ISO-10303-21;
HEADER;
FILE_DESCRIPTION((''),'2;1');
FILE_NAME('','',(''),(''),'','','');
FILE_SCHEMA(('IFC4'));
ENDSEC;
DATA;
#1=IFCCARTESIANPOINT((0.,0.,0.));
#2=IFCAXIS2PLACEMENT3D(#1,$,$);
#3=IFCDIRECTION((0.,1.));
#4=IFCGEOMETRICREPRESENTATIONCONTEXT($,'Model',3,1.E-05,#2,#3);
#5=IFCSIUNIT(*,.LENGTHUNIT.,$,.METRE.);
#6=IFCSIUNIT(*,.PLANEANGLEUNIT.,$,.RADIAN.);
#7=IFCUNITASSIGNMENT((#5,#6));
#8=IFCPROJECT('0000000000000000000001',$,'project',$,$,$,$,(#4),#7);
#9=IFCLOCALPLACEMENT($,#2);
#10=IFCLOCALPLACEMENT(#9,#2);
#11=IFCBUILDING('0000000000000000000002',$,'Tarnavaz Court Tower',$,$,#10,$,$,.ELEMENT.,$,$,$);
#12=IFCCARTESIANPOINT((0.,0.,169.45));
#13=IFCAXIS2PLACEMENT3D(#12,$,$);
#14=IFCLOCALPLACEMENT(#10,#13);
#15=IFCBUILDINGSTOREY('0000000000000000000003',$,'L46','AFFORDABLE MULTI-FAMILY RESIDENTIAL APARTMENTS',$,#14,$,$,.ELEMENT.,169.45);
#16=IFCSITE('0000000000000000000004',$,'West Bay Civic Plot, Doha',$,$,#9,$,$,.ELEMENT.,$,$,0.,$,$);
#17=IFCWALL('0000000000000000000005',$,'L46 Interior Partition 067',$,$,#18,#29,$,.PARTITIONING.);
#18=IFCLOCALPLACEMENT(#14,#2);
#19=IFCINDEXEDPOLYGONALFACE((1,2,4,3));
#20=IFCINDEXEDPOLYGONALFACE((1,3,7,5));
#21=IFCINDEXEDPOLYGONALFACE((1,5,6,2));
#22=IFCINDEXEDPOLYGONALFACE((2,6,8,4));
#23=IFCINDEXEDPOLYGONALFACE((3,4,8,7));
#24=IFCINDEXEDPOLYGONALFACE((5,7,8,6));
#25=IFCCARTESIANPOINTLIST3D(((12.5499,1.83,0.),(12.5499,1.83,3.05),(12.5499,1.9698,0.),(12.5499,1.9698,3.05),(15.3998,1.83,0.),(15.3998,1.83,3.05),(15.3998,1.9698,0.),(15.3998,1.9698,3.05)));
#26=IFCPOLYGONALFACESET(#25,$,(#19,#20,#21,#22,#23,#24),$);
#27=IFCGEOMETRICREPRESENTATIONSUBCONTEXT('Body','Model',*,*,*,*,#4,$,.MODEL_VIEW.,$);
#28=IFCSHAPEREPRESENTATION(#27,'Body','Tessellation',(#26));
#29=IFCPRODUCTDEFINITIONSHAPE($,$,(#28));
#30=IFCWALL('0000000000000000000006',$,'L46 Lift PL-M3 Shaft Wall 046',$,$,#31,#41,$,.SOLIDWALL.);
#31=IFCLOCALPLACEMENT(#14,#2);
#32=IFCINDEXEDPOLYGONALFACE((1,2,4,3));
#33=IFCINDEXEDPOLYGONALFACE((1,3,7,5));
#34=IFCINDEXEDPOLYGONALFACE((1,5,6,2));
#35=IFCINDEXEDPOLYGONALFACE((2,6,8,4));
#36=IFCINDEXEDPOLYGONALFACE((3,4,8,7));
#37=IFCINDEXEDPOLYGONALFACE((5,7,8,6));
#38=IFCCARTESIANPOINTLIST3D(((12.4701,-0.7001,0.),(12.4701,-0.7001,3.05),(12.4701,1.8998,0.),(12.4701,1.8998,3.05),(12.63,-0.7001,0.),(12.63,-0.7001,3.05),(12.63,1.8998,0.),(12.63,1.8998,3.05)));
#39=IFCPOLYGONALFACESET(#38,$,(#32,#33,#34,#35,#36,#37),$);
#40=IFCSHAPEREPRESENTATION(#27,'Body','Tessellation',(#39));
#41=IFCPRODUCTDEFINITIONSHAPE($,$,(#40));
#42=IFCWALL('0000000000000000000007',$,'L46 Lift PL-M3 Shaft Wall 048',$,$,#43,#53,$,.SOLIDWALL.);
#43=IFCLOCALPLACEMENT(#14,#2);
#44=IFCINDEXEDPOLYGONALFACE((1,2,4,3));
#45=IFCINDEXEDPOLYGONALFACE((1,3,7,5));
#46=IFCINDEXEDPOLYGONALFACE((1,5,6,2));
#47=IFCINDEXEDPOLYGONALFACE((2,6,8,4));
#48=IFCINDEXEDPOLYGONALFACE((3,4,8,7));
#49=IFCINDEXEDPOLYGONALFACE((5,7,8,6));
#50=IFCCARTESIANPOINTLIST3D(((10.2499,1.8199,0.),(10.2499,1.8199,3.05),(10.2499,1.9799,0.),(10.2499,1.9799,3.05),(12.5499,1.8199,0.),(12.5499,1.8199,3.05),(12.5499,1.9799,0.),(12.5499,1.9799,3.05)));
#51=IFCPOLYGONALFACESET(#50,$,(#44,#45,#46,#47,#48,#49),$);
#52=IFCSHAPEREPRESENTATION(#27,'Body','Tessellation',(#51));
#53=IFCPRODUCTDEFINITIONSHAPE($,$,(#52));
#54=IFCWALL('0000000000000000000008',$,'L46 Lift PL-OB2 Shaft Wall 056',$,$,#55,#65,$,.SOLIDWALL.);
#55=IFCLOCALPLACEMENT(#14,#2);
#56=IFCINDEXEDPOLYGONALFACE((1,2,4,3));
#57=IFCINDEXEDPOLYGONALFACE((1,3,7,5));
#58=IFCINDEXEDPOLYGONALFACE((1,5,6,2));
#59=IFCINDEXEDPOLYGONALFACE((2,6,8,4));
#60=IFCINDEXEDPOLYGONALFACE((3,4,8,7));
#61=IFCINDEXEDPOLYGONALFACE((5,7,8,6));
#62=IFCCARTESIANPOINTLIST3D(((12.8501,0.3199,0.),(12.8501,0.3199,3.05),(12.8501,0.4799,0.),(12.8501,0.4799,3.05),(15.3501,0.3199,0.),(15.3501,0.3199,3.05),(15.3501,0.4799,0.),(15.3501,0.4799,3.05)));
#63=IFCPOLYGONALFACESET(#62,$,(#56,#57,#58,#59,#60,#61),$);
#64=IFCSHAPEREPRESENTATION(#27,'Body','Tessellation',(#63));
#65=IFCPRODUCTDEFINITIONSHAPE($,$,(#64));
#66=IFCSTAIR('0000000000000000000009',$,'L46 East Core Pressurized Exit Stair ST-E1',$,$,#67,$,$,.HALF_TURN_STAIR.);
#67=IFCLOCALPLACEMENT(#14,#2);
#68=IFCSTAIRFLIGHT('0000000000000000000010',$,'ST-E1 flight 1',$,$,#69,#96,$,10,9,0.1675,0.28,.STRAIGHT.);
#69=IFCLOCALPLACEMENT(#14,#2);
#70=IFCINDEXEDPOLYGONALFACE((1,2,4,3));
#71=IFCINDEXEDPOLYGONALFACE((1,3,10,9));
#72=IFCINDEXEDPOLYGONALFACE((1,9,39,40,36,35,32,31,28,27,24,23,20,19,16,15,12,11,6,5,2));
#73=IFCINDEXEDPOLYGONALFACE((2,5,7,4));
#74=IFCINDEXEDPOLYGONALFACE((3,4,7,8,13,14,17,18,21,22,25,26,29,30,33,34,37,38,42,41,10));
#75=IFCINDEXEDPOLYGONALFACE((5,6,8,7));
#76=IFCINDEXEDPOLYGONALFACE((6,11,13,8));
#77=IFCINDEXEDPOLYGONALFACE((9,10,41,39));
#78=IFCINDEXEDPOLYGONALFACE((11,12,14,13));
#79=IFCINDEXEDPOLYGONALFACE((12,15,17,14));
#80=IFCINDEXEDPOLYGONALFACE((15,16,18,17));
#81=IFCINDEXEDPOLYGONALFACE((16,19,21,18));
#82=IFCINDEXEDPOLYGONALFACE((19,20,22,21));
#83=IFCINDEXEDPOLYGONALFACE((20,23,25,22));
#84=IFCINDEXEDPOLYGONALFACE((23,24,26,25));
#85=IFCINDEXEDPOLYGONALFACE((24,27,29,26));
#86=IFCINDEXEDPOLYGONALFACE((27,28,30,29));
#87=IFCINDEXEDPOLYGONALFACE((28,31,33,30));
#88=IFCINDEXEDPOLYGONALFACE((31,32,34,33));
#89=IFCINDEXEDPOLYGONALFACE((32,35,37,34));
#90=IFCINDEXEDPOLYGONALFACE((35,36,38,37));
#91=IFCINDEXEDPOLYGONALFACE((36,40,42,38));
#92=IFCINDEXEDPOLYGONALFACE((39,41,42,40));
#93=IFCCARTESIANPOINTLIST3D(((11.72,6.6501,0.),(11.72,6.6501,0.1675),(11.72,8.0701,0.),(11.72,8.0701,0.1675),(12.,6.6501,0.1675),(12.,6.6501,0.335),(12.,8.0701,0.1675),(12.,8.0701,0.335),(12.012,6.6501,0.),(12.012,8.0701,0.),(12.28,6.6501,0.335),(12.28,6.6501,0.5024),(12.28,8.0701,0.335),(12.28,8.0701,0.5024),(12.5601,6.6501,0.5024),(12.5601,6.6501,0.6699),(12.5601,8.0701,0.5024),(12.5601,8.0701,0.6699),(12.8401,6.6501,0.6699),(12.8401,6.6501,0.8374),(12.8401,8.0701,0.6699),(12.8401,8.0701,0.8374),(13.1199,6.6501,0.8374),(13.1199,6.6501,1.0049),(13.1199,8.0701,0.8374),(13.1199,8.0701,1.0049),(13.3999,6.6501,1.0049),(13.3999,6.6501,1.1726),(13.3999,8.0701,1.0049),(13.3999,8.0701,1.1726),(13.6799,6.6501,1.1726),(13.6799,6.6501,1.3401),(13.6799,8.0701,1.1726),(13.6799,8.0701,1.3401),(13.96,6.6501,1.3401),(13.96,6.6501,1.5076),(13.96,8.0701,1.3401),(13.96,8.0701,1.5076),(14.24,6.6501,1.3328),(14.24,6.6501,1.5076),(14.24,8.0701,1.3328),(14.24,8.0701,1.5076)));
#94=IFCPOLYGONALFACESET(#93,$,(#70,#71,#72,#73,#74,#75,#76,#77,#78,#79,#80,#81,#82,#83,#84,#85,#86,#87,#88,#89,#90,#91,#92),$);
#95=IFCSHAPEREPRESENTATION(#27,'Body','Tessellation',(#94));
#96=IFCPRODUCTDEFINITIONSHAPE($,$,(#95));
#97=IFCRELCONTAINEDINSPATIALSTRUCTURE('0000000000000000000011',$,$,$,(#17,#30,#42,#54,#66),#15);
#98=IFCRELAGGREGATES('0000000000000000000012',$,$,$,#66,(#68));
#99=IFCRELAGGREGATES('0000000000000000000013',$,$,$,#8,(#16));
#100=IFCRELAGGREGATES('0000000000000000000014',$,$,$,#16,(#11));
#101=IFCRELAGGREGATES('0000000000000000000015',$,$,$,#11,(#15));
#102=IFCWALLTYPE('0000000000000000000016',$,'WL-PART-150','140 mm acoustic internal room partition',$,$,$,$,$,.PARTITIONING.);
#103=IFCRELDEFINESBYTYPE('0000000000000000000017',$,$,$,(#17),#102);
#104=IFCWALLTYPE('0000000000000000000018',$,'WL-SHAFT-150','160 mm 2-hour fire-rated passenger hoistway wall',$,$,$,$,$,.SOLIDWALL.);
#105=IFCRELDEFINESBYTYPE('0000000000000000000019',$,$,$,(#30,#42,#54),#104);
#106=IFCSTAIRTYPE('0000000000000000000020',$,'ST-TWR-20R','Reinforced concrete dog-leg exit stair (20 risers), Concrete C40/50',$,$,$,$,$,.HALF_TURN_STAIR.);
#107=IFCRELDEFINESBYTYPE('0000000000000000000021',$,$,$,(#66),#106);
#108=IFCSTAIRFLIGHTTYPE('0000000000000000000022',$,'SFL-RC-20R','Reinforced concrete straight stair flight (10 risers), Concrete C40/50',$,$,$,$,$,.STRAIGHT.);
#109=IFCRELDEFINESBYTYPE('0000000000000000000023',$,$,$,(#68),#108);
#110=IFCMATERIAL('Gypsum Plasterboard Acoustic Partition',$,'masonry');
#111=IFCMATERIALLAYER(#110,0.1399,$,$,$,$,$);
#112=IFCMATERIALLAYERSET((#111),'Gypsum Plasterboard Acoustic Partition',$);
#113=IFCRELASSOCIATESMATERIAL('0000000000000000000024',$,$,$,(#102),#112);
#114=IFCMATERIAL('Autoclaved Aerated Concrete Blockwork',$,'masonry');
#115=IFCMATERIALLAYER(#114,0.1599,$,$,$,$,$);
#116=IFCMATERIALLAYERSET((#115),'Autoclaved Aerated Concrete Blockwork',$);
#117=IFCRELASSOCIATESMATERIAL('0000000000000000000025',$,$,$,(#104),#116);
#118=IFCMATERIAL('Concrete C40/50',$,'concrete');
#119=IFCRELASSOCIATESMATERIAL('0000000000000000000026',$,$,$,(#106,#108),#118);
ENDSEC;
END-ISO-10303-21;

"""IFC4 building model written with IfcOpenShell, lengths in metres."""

from ifc_helpers import new_model, si_unit, direction, frame, frame_2d, origin, place, context, subcontext, project, spatial, polyline, rectangle, outline, extrude, material, layer, layer_set, type_object, element, aggregate, save


model = new_model("IFC4")

# Units and contexts
model_context = context("Model", 3, precision=1e-05, world=origin(), true_north=direction((0.0, 1.0)))
body_context = subcontext(model_context, "Body", "Model", "MODEL_VIEW")
ifc_project = project(units=[si_unit("LENGTHUNIT", "METRE"), si_unit("PLANEANGLEUNIT", "RADIAN")], contexts=[model_context])

# Site, building, storey
site_placement = place(None, origin())
site = spatial("IfcSite", under=ifc_project, at=site_placement, Name="West Bay Civic Plot, Doha", CompositionType="ELEMENT", RefElevation=0.0)
building_placement = place(site_placement, origin())
building = spatial("IfcBuilding", under=site, at=building_placement, Name="Tarnavaz Court Tower", CompositionType="ELEMENT")
storey_placement = place(building_placement, frame((0.0, 0.0, 169.45)))
storey = spatial("IfcBuildingStorey", under=building, at=storey_placement, Name="L46", Description="AFFORDABLE MULTI-FAMILY RESIDENTIAL APARTMENTS", CompositionType="ELEMENT", Elevation=169.45)

# Shared definitions
ifc_material_1 = material(Name="Autoclaved Aerated Concrete Blockwork", Category="masonry")

# Walls
ifc_material_2 = material(Name="Gypsum Plasterboard Acoustic Partition", Category="masonry")
ifc_layer_1 = layer(ifc_material_2, 0.1399)
ifc_layer_set_1 = layer_set([ifc_layer_1], Name="Gypsum Plasterboard Acoustic Partition")
wall_type_1 = type_object("IfcWallType", Name="WL-PART-150", Description="140 mm acoustic internal room partition", PredefinedType="PARTITIONING", material=ifc_layer_set_1)
wall_1_placement = place(storey_placement, frame((12.55, 1.8999, 0.0), z_axis=(0.0, 0.0, 1.0), x_axis=(1.0, 0.0, 0.0)))
element("IfcWall", 1, at=wall_1_placement, inside=storey, type_object=wall_type_1, Name="L46 Interior Partition 067", PredefinedType="PARTITIONING", context=body_context, shape_type="SweptSolid", body=[
    extrude(rectangle(XDim=2.8499, YDim=0.1399, at=frame_2d((1.4248, 0.0))), origin(), (0.0, 0.0, 1.0), 3.05),
])
ifc_layer_2 = layer(ifc_material_1, 0.1599)
ifc_layer_set_2 = layer_set([ifc_layer_2], Name="Autoclaved Aerated Concrete Blockwork")
wall_type_2 = type_object("IfcWallType", Name="WL-SHAFT-150", Description="160 mm 2-hour fire-rated passenger hoistway wall", PredefinedType="SOLIDWALL", material=ifc_layer_set_2)
wall_2_placement = place(storey_placement, frame((12.55, -0.7, 0.0), z_axis=(0.0, 0.0, 1.0), x_axis=(0.0, 1.0, 0.0)))
element("IfcWall", 2, at=wall_2_placement, inside=storey, type_object=wall_type_2, Name="L46 Lift PL-M3 Shaft Wall 046", PredefinedType="SOLIDWALL", context=body_context, shape_type="SweptSolid", body=[
    extrude(rectangle(XDim=2.5999, YDim=0.1599, at=frame_2d((1.2998, 0.0))), origin(), (0.0, 0.0, 1.0), 3.05),
])
wall_3_placement = place(storey_placement, frame((10.25, 1.8999, 0.0), z_axis=(0.0, 0.0, 1.0), x_axis=(1.0, 0.0, 0.0)))
element("IfcWall", 3, at=wall_3_placement, inside=storey, type_object=wall_type_2, Name="L46 Lift PL-M3 Shaft Wall 048", PredefinedType="SOLIDWALL", context=body_context, shape_type="SweptSolid", body=[
    extrude(rectangle(XDim=2.3, YDim=0.1599, at=frame_2d((1.1499, 0.0))), origin(), (0.0, 0.0, 1.0), 3.05),
])
wall_4_placement = place(storey_placement, frame((12.8501, 0.3999, 0.0), z_axis=(0.0, 0.0, 1.0), x_axis=(1.0, 0.0, 0.0)))
element("IfcWall", 4, at=wall_4_placement, inside=storey, type_object=wall_type_2, Name="L46 Lift PL-OB2 Shaft Wall 056", PredefinedType="SOLIDWALL", context=body_context, shape_type="SweptSolid", body=[
    extrude(rectangle(XDim=2.5, YDim=0.1599, at=frame_2d((1.25, 0.0))), origin(), (0.0, 0.0, 1.0), 3.05),
])

# Stair, stair flight
ifc_material_3 = material(Name="Concrete C40/50", Category="concrete")
stair_type = type_object("IfcStairType", Name="ST-TWR-20R", Description="Reinforced concrete dog-leg exit stair (20 risers), Concrete C40/50", PredefinedType="HALF_TURN_STAIR", material=ifc_material_3)
stair_placement = place(storey_placement, origin())
stair = element("IfcStair", 5, at=stair_placement, inside=storey, type_object=stair_type, Name="L46 East Core Pressurized Exit Stair ST-E1", PredefinedType="HALF_TURN_STAIR")
stair_flight_type = type_object("IfcStairFlightType", Name="SFL-RC-20R", Description="Reinforced concrete straight stair flight (10 risers), Concrete C40/50", PredefinedType="STRAIGHT", material=ifc_material_3)
stair_flight_placement = place(storey_placement, frame((11.72, 7.3601, 0.0), z_axis=(0.0, 0.0, 1.0), x_axis=(1.0, 0.0, 0.0)))
stair_flight = element("IfcStairFlight", 6, at=stair_flight_placement, type_object=stair_flight_type, Name="ST-E1 flight 1", NumberOfRisers=10, NumberOfTreads=9, PredefinedType="STRAIGHT", RiserHeight=0.1675, TreadLength=0.28, context=body_context, shape_type="SweptSolid", body=[
    extrude(outline(polyline([(0.0, 0.0), (0.0, 0.1675), (0.28, 0.1675), (0.28, 0.335), (0.5601, 0.335), (0.5601, 0.5024), (0.8401, 0.5024), (0.8401, 0.6699), (1.1201, 0.6699), (1.1201, 0.8374), (1.3999, 0.8374), (1.3999, 1.0049), (1.6799, 1.0049), (1.6799, 1.1726), (1.96, 1.1726), (1.96, 1.3401), (2.24, 1.3401), (2.24, 1.5076), (2.52, 1.5076), (2.52, 1.675), (2.52, 1.3328), (0.292, 0.0), (0.0, 0.0)])), frame((0.0, 0.71, 0.0), z_axis=(0.0, -1.0, 0.0), x_axis=(1.0, 0.0, 0.0)), (0.0, 0.0, 1.0), 1.4199),
])
aggregate(stair, [stair_flight])

save(model, "model.ifc")
